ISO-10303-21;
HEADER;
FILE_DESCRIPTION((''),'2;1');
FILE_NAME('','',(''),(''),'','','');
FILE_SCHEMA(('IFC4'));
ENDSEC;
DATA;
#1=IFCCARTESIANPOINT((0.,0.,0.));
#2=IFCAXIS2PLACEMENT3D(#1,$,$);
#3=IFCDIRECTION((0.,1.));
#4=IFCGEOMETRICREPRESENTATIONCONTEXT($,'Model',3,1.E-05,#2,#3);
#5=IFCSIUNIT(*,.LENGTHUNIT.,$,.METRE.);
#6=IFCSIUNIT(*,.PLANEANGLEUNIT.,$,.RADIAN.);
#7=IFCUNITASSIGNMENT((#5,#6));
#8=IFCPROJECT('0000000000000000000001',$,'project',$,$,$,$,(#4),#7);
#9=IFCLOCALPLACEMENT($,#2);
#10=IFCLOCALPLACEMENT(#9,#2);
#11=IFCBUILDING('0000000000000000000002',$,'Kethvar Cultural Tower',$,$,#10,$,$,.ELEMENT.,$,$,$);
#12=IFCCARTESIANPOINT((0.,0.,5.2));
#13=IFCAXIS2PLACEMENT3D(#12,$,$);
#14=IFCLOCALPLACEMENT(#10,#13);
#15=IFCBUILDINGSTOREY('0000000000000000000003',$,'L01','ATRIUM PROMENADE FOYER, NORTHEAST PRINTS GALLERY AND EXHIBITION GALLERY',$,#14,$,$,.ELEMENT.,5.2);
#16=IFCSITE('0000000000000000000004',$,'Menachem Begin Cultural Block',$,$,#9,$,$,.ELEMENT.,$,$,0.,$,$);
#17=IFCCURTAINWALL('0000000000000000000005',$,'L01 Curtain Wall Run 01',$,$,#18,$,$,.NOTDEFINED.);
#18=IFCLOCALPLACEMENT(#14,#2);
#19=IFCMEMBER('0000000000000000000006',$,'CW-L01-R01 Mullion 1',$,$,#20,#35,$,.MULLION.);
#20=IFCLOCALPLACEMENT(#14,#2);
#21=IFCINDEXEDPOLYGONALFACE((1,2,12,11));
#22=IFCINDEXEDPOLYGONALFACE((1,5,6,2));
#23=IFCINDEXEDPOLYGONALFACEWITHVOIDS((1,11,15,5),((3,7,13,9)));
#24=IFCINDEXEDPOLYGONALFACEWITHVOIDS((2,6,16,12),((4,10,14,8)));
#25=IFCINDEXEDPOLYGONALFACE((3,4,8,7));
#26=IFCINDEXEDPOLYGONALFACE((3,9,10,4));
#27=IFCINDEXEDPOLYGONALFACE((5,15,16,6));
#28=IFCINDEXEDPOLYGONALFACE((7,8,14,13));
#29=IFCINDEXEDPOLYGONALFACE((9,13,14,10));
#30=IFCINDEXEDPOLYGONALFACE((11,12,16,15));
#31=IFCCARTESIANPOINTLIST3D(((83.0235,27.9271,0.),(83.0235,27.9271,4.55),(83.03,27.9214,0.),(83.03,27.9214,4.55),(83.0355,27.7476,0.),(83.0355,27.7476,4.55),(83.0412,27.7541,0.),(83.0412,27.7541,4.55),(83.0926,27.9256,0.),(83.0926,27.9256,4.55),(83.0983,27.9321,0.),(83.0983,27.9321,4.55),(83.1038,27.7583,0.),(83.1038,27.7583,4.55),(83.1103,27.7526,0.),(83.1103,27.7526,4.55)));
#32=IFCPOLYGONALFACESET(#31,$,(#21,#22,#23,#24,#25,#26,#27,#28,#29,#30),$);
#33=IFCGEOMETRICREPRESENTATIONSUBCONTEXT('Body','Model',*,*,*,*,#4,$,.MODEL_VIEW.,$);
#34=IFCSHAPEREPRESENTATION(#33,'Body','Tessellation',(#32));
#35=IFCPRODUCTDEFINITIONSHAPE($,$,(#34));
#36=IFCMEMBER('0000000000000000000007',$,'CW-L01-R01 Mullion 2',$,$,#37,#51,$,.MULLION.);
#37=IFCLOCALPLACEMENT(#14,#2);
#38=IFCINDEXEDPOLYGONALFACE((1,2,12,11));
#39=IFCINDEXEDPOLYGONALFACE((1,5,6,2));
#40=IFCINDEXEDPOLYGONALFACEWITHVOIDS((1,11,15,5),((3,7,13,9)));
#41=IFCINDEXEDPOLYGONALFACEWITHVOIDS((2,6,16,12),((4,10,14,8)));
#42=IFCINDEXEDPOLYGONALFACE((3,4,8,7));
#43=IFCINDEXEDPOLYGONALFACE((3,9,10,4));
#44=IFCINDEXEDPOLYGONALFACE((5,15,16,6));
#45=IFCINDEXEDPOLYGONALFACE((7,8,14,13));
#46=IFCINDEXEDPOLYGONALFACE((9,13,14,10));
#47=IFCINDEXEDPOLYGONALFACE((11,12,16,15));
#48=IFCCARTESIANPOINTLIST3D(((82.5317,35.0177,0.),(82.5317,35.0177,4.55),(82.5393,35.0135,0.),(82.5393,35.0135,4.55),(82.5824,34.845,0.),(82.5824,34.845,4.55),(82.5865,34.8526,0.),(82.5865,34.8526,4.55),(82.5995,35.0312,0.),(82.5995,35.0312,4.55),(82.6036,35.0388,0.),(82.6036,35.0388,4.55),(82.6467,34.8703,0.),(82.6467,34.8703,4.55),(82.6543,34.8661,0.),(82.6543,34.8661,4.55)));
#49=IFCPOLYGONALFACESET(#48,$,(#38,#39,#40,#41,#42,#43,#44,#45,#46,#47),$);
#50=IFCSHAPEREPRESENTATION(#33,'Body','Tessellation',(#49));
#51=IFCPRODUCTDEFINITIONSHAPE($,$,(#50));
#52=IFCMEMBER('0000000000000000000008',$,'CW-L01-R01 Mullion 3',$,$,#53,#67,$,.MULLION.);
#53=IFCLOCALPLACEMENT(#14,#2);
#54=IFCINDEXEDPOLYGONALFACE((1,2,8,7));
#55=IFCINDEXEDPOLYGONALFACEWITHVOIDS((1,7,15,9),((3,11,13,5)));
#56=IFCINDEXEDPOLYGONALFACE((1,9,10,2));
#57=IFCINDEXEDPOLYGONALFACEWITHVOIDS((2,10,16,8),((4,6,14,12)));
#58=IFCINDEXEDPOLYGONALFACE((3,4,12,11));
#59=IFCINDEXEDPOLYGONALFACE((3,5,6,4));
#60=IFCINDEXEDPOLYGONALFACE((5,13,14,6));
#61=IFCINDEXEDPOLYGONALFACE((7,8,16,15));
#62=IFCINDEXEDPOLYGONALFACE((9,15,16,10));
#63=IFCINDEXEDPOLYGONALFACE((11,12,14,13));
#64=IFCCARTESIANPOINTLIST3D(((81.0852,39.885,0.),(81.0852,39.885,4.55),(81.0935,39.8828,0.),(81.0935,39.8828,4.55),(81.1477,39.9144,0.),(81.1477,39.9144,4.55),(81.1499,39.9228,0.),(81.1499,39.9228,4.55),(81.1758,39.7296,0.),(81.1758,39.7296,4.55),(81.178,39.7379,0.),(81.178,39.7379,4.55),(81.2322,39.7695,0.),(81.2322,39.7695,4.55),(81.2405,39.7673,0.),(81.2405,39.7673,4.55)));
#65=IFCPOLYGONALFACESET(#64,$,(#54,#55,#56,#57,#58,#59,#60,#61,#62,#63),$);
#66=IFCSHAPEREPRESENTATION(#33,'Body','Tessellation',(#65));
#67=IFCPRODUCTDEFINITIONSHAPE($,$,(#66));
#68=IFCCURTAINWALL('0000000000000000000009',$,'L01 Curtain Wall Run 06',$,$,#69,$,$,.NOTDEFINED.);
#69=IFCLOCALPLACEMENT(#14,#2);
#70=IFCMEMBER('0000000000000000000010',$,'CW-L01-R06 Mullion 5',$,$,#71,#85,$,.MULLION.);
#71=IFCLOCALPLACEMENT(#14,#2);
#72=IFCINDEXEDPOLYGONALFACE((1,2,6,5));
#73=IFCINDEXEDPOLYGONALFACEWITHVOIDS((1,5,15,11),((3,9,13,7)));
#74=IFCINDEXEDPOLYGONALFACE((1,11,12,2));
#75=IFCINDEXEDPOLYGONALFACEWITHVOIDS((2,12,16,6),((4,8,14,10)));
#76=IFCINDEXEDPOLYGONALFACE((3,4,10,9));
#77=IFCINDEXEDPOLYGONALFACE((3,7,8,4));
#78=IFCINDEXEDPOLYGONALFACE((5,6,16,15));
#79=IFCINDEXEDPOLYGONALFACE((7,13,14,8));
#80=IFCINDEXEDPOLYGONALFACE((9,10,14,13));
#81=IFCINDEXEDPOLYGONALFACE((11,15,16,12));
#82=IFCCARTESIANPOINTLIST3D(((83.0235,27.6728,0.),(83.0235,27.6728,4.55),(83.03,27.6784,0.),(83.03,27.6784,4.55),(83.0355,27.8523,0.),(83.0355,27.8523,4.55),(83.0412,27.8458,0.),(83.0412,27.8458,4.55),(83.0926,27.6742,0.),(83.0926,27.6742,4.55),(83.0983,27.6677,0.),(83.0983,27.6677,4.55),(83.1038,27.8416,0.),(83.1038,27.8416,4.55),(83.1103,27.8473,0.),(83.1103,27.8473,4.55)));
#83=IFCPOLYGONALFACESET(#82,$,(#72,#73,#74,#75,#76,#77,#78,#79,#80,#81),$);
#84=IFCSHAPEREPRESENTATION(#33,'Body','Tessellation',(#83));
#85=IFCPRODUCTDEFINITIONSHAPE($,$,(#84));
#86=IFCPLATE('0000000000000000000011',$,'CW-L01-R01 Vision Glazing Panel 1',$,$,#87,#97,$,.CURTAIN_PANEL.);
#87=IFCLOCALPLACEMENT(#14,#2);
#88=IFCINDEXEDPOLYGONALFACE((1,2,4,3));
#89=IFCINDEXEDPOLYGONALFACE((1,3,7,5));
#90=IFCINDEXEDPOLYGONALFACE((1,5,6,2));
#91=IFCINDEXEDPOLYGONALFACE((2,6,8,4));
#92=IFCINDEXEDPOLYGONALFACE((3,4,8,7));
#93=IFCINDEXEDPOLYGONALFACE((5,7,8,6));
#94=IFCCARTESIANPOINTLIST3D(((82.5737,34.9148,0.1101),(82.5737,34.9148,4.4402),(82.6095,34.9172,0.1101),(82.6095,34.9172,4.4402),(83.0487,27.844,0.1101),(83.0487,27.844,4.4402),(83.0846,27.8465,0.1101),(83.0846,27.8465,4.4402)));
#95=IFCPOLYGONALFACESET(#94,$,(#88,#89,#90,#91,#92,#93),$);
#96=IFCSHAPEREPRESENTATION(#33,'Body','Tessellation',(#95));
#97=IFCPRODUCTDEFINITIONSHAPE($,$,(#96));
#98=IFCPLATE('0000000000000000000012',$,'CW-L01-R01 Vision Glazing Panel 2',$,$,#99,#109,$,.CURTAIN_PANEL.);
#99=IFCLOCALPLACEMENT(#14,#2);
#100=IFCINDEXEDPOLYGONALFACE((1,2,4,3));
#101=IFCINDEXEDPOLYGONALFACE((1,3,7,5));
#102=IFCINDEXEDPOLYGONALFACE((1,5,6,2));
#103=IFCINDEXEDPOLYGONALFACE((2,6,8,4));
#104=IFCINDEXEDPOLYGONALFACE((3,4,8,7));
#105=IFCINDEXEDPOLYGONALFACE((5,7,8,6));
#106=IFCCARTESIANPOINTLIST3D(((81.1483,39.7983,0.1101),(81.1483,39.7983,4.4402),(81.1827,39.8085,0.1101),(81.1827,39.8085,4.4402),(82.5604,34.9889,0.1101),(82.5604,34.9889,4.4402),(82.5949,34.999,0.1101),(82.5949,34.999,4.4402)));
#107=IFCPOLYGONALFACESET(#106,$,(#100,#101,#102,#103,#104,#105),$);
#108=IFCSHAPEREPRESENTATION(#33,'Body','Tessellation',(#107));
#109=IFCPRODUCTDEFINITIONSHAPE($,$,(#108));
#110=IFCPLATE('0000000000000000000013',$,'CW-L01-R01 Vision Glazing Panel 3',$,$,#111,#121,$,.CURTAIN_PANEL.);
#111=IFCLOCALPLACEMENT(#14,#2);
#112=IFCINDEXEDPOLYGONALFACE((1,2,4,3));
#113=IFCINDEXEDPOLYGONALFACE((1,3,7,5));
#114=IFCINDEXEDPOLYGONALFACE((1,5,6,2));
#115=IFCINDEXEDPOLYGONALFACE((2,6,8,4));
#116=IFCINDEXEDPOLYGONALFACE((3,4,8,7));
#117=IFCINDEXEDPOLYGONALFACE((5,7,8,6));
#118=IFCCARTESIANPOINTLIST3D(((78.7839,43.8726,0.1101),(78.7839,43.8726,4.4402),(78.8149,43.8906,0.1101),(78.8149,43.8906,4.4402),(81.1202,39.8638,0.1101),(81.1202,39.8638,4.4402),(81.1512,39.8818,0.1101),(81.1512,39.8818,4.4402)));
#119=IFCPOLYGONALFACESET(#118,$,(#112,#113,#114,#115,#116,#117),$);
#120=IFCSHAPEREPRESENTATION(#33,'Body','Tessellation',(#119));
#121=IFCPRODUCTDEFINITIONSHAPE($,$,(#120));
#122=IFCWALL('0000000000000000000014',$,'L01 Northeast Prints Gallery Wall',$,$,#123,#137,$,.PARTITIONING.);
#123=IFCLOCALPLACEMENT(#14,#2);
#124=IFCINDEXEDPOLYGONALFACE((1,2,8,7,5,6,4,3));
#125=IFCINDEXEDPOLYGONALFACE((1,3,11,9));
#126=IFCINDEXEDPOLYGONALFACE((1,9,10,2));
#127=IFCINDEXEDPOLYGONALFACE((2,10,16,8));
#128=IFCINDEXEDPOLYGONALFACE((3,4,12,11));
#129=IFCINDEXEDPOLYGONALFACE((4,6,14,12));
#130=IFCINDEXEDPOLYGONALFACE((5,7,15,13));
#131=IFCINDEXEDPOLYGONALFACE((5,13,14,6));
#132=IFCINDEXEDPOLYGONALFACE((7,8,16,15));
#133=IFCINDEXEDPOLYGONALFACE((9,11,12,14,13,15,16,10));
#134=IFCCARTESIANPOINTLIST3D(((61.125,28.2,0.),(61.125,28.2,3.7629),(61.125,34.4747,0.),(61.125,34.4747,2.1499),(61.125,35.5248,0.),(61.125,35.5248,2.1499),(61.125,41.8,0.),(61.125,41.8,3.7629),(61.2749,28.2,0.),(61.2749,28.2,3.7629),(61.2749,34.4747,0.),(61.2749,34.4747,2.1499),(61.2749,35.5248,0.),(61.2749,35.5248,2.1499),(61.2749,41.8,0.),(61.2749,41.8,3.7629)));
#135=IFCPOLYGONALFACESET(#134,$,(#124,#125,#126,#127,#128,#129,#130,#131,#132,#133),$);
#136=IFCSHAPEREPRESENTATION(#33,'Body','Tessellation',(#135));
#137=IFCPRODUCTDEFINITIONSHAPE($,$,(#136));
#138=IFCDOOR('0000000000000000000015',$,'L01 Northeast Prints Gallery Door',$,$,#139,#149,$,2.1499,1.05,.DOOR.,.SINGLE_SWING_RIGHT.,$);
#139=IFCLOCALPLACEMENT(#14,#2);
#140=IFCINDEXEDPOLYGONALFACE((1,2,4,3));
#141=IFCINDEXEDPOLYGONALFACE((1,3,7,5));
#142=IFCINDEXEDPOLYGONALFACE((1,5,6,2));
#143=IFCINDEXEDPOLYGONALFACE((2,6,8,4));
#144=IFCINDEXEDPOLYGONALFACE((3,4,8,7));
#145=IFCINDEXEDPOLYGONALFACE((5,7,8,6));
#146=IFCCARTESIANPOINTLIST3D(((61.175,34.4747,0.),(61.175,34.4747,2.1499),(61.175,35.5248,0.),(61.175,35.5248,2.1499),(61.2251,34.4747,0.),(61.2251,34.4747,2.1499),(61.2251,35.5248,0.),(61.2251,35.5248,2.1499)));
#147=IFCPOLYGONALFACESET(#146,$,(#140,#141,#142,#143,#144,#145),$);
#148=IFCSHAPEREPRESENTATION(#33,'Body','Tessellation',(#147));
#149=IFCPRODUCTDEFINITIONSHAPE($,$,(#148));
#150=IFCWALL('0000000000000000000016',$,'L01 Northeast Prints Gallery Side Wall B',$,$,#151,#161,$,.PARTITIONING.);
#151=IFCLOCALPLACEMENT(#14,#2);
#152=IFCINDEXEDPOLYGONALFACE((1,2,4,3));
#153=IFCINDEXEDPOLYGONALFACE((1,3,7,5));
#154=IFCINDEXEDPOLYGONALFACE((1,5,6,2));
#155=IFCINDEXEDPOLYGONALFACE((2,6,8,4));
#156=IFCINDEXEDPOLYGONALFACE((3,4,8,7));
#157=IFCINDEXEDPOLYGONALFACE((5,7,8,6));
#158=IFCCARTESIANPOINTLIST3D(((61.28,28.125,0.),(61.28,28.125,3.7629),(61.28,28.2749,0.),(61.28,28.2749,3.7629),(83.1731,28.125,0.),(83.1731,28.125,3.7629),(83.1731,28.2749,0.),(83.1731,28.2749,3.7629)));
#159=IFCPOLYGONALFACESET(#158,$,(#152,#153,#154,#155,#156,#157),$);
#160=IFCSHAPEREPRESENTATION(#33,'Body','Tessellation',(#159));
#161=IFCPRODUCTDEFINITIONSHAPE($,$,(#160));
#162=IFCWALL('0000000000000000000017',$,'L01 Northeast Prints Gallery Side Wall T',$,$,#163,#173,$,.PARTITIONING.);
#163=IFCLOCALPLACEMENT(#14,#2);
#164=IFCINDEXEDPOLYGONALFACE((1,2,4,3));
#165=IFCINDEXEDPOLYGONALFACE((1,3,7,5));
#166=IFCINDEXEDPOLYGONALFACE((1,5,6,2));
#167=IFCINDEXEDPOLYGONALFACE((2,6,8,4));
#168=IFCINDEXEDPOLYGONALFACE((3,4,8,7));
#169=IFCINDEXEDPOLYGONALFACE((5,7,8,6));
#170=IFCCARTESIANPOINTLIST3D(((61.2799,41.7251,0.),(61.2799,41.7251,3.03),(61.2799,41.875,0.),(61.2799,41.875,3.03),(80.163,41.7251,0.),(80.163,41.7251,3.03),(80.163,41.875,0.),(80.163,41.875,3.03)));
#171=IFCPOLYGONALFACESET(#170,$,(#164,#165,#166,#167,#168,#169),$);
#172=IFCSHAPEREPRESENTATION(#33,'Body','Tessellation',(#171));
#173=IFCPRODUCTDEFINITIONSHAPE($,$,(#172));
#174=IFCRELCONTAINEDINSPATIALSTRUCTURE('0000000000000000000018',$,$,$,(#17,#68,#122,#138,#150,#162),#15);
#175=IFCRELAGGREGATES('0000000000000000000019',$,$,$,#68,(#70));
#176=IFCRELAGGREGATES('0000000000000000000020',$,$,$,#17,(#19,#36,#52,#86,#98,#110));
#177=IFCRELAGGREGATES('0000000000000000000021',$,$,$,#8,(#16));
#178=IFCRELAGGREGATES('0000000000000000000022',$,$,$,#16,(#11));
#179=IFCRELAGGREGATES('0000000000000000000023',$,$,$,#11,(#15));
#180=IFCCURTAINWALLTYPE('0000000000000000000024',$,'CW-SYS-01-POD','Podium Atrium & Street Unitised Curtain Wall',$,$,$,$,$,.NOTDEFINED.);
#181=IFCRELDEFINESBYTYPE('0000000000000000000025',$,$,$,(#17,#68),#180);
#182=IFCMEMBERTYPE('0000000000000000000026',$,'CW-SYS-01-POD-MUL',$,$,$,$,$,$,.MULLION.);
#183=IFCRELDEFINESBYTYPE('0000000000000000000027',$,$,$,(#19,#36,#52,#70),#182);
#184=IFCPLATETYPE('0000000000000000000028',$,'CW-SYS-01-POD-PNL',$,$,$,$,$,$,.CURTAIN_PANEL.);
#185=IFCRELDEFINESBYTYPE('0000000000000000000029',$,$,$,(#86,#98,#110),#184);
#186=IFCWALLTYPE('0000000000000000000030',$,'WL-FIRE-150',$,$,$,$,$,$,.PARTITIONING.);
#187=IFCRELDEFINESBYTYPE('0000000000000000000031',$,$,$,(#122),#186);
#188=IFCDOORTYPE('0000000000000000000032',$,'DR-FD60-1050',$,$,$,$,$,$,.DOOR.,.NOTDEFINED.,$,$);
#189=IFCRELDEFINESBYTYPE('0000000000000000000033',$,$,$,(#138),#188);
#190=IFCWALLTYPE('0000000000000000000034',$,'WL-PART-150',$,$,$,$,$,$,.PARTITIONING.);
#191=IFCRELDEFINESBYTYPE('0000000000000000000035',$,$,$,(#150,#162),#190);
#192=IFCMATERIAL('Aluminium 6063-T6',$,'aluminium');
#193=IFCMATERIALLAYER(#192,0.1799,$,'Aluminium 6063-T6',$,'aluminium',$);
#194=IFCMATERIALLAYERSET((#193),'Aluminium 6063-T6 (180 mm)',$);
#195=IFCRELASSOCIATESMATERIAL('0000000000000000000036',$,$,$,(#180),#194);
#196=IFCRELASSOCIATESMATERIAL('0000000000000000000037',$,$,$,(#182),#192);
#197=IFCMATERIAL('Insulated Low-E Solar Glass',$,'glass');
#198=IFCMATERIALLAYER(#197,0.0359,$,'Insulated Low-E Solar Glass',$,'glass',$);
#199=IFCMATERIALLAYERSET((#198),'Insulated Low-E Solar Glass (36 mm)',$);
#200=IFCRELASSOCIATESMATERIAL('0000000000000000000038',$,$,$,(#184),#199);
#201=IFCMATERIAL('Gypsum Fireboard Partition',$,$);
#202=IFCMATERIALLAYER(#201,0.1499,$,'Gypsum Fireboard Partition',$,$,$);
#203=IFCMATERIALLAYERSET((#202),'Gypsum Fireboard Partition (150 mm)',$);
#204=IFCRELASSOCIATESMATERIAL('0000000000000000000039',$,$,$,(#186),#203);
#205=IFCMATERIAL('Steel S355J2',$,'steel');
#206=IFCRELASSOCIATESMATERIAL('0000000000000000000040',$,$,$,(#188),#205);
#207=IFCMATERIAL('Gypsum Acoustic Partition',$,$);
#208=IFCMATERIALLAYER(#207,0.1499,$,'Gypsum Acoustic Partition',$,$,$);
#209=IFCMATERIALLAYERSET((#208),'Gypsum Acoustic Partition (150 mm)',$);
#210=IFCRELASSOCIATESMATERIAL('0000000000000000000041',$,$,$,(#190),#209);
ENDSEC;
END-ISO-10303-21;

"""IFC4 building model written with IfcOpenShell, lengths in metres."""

from ifc_helpers import new_model, si_unit, direction, frame, frame_2d, origin, origin_2d, place, context, subcontext, project, spatial, rectangle, hollow_rectangle, extrude, source, transform, mapped, material, layer, layer_set, material_profile, profile_set, type_object, element, fill, aggregate, save


model = new_model("IFC4")

# Units and contexts
model_context = context("Model", 3, precision=1e-05, world=origin(), true_north=direction((0.0, 1.0)))
body_context = subcontext(model_context, "Body", "Model", "MODEL_VIEW")
ifc_project = project(units=[si_unit("LENGTHUNIT", "METRE"), si_unit("PLANEANGLEUNIT", "RADIAN")], contexts=[model_context])

# Site, building, storey
site_placement = place(None, origin())
site = spatial("IfcSite", under=ifc_project, at=site_placement, Name="Menachem Begin Cultural Block", CompositionType="ELEMENT", RefElevation=0.0)
building_placement = place(site_placement, origin())
building = spatial("IfcBuilding", under=site, at=building_placement, Name="Kethvar Cultural Tower", CompositionType="ELEMENT")
storey_placement = place(building_placement, frame((0.0, 0.0, 5.2)))
storey = spatial("IfcBuildingStorey", under=building, at=storey_placement, Name="L01", Description="ATRIUM PROMENADE FOYER, NORTHEAST PRINTS GALLERY AND EXHIBITION GALLERY", CompositionType="ELEMENT", Elevation=5.2)

# Shared definitions
ifc_material_1 = material(Name="Steel S355J2", Category="steel")

# Curtain wall, members
ifc_material_2 = material(Name="Aluminium 6063-T6", Category="aluminium")
ifc_layer_1 = layer(ifc_material_2, 0.1799, Name="Aluminium 6063-T6", Category="aluminium")
ifc_layer_set_1 = layer_set([ifc_layer_1], Name="Aluminium 6063-T6 (180 mm)")
curtain_wall_type = type_object("IfcCurtainWallType", Name="CW-SYS-01-POD", Description="Podium Atrium & Street Unitised Curtain Wall", PredefinedType="NOTDEFINED", material=ifc_layer_set_1)
curtain_wall_1_placement = place(storey_placement, origin())
curtain_wall_1 = element("IfcCurtainWall", 1, at=curtain_wall_1_placement, inside=storey, type_object=curtain_wall_type, Name="L01 Curtain Wall Run 01", PredefinedType="NOTDEFINED")
ifc_material_profile_1 = material_profile(ifc_material_2, hollow_rectangle(XDim=0.075, YDim=0.1799, WallThickness=0.0061, at=origin_2d()), Name="Aluminium 6063-T6 — RHS180x75x6")
ifc_profile_set_1 = profile_set([ifc_material_profile_1], Name="Aluminium 6063-T6 — RHS180x75x6")
member_type_1 = type_object("IfcMemberType", Name="CW-SYS-01-POD-MUL", PredefinedType="MULLION", material=ifc_profile_set_1)
shared_shape_1 = source(origin(), body_context, "Body", "SweptSolid", [
    extrude(hollow_rectangle(XDim=0.075, YDim=0.1799, WallThickness=0.0061, at=origin_2d()), origin(), (0.0, 0.0, 1.0), 4.55),
])
member_1_placement = place(storey_placement, frame((83.0669, 27.8398, 0.0), z_axis=(0.0, 0.0, 1.0), x_axis=(-0.99775, -0.06704, 0.0)))
member_1 = element("IfcMember", 2, at=member_1_placement, type_object=member_type_1, Name="CW-L01-R01 Mullion 1", PredefinedType="MULLION", context=body_context, shape_type="MappedRepresentation", body=[
    mapped(shared_shape_1, transform((0.0, 0.0, 0.0), scale=1.0)),
])
member_2_placement = place(storey_placement, frame((82.593, 34.9419, 0.0), z_axis=(0.0, 0.0, 1.0), x_axis=(-0.959496, -0.281722, 0.0)))
member_2 = element("IfcMember", 3, at=member_2_placement, type_object=member_type_1, Name="CW-L01-R01 Mullion 2", PredefinedType="MULLION", context=body_context, shape_type="MappedRepresentation", body=[
    mapped(shared_shape_1, transform((0.0, 0.0, 0.0), scale=1.0)),
])
member_3_placement = place(storey_placement, frame((81.1628, 39.8262, 0.0), z_axis=(0.0, 0.0, 1.0), x_axis=(-0.863985, -0.503518, 0.0)))
member_3 = element("IfcMember", 4, at=member_3_placement, type_object=member_type_1, Name="CW-L01-R01 Mullion 3", PredefinedType="MULLION", context=body_context, shape_type="MappedRepresentation", body=[
    mapped(shared_shape_1, transform((0.0, 0.0, 0.0), scale=1.0)),
])

# Curtain wall, member
curtain_wall_2_placement = place(storey_placement, origin())
curtain_wall_2 = element("IfcCurtainWall", 5, at=curtain_wall_2_placement, inside=storey, type_object=curtain_wall_type, Name="L01 Curtain Wall Run 06", PredefinedType="NOTDEFINED")
member_4_placement = place(storey_placement, frame((83.0669, 27.76, 0.0), z_axis=(0.0, 0.0, 1.0), x_axis=(-0.99775, 0.06704, 0.0)))
member_4 = element("IfcMember", 6, at=member_4_placement, type_object=member_type_1, Name="CW-L01-R06 Mullion 5", PredefinedType="MULLION", context=body_context, shape_type="MappedRepresentation", body=[
    mapped(shared_shape_1, transform((0.0, 0.0, 0.0), scale=1.0)),
])
aggregate(curtain_wall_2, [member_4])

# Plates
ifc_material_3 = material(Name="Insulated Low-E Solar Glass", Category="glass")
ifc_layer_2 = layer(ifc_material_3, 0.0359, Name="Insulated Low-E Solar Glass", Category="glass")
ifc_layer_set_2 = layer_set([ifc_layer_2], Name="Insulated Low-E Solar Glass (36 mm)")
plate_type = type_object("IfcPlateType", Name="CW-SYS-01-POD-PNL", PredefinedType="CURTAIN_PANEL", material=ifc_layer_set_2)
shared_shape_2 = source(origin(), body_context, "Body", "SweptSolid", [
    extrude(rectangle(XDim=7.0867, YDim=0.0359, at=origin_2d()), origin(), (0.0, 0.0, 1.0), 4.3301),
])
plate_1_placement = place(storey_placement, frame((82.8291, 31.3806, 0.1101), z_axis=(0.0, 0.0, 1.0), x_axis=(-0.06704, 0.99775, 0.0)))
plate_1 = element("IfcPlate", 7, at=plate_1_placement, type_object=plate_type, Name="CW-L01-R01 Vision Glazing Panel 1", PredefinedType="CURTAIN_PANEL", context=body_context, shape_type="MappedRepresentation", body=[
    mapped(shared_shape_2, transform((0.0, 0.0, 0.0), scale=1.0)),
])
shared_shape_3 = source(origin(), body_context, "Body", "SweptSolid", [
    extrude(rectangle(XDim=5.0125, YDim=0.0359, at=origin_2d()), origin(), (0.0, 0.0, 1.0), 4.3301),
])
plate_2_placement = place(storey_placement, frame((81.8716, 37.3987, 0.1101), z_axis=(0.0, 0.0, 1.0), x_axis=(-0.281722, 0.959496, 0.0)))
plate_2 = element("IfcPlate", 8, at=plate_2_placement, type_object=plate_type, Name="CW-L01-R01 Vision Glazing Panel 2", PredefinedType="CURTAIN_PANEL", context=body_context, shape_type="MappedRepresentation", body=[
    mapped(shared_shape_3, transform((0.0, 0.0, 0.0), scale=1.0)),
])
shared_shape_4 = source(origin(), body_context, "Body", "SweptSolid", [
    extrude(rectangle(XDim=4.6399, YDim=0.0359, at=origin_2d()), origin(), (0.0, 0.0, 1.0), 4.3301),
])
plate_3_placement = place(storey_placement, frame((79.9675, 41.8772, 0.1101), z_axis=(0.0, 0.0, 1.0), x_axis=(-0.503518, 0.863985, 0.0)))
plate_3 = element("IfcPlate", 9, at=plate_3_placement, type_object=plate_type, Name="CW-L01-R01 Vision Glazing Panel 3", PredefinedType="CURTAIN_PANEL", context=body_context, shape_type="MappedRepresentation", body=[
    mapped(shared_shape_4, transform((0.0, 0.0, 0.0), scale=1.0)),
])
aggregate(curtain_wall_1, [member_1, member_2, member_3, plate_1, plate_2, plate_3])

# Wall, opening, door
ifc_material_4 = material(Name="Gypsum Fireboard Partition")
ifc_layer_3 = layer(ifc_material_4, 0.1499, Name="Gypsum Fireboard Partition")
ifc_layer_set_3 = layer_set([ifc_layer_3], Name="Gypsum Fireboard Partition (150 mm)")
wall_type_1 = type_object("IfcWallType", Name="WL-FIRE-150", PredefinedType="PARTITIONING", material=ifc_layer_set_3)
wall_1_placement = place(storey_placement, frame((61.2, 28.2, 0.0), z_axis=(0.0, 0.0, 1.0), x_axis=(0.0, 1.0, 0.0)))
wall_1 = element("IfcWall", 10, at=wall_1_placement, inside=storey, type_object=wall_type_1, Name="L01 Northeast Prints Gallery Wall", PredefinedType="PARTITIONING", context=body_context, shape_type="SweptSolid", body=[
    extrude(rectangle(XDim=13.6001, YDim=0.1499, at=frame_2d((6.8, 0.0))), origin(), (0.0, 0.0, 1.0), 3.7629),
])
opening_placement = place(wall_1_placement, frame((6.2749, 0.0, 0.0)))
opening = element("IfcOpeningElement", 11, at=opening_placement, cuts=wall_1, PredefinedType="OPENING", context=body_context, shape_type="SweptSolid", body=[
    extrude(rectangle(XDim=1.05, YDim=2.1499, at=frame_2d((0.5249, 1.075))), frame((0.0, 0.085, 0.0), z_axis=(0.0, -1.0, 0.0), x_axis=(1.0, 0.0, 0.0)), (0.0, 0.0, 1.0), 0.1699),
])
door_type = type_object("IfcDoorType", Name="DR-FD60-1050", OperationType="NOTDEFINED", PredefinedType="DOOR", material=ifc_material_1)
shared_shape_5 = source(origin(), body_context, "Body", "SweptSolid", [
    extrude(rectangle(XDim=1.05, YDim=2.1499, at=frame_2d((0.5249, 1.075))), frame((0.0, 0.0249, 0.0), z_axis=(0.0, -1.0, 0.0), x_axis=(1.0, 0.0, 0.0)), (0.0, 0.0, 1.0), 0.05),
])
door_placement = place(opening_placement, origin())
door = element("IfcDoor", 12, at=door_placement, inside=storey, type_object=door_type, Name="L01 Northeast Prints Gallery Door", OperationType="SINGLE_SWING_RIGHT", OverallHeight=2.1499, OverallWidth=1.05, PredefinedType="DOOR", context=body_context, shape_type="MappedRepresentation", body=[
    mapped(shared_shape_5, transform((0.0, 0.0, 0.0), scale=1.0)),
])
fill(opening, door)

# Walls
ifc_material_5 = material(Name="Gypsum Acoustic Partition")
ifc_layer_4 = layer(ifc_material_5, 0.1499, Name="Gypsum Acoustic Partition")
ifc_layer_set_4 = layer_set([ifc_layer_4], Name="Gypsum Acoustic Partition (150 mm)")
wall_type_2 = type_object("IfcWallType", Name="WL-PART-150", PredefinedType="PARTITIONING", material=ifc_layer_set_4)
wall_2_placement = place(storey_placement, frame((61.28, 28.2, 0.0), z_axis=(0.0, 0.0, 1.0), x_axis=(1.0, 0.0, 0.0)))
element("IfcWall", 13, at=wall_2_placement, inside=storey, type_object=wall_type_2, Name="L01 Northeast Prints Gallery Side Wall B", PredefinedType="PARTITIONING", context=body_context, shape_type="SweptSolid", body=[
    extrude(rectangle(XDim=21.8931, YDim=0.1499, at=frame_2d((10.9465, 0.0))), origin(), (0.0, 0.0, 1.0), 3.7629),
])
wall_3_placement = place(storey_placement, frame((61.28, 41.8, 0.0), z_axis=(0.0, 0.0, 1.0), x_axis=(1.0, 0.0, 0.0)))
element("IfcWall", 14, at=wall_3_placement, inside=storey, type_object=wall_type_2, Name="L01 Northeast Prints Gallery Side Wall T", PredefinedType="PARTITIONING", context=body_context, shape_type="SweptSolid", body=[
    extrude(rectangle(XDim=18.8831, YDim=0.1499, at=frame_2d((9.4414, 0.0))), origin(), (0.0, 0.0, 1.0), 3.03),
])

save(model, "model.ifc")
